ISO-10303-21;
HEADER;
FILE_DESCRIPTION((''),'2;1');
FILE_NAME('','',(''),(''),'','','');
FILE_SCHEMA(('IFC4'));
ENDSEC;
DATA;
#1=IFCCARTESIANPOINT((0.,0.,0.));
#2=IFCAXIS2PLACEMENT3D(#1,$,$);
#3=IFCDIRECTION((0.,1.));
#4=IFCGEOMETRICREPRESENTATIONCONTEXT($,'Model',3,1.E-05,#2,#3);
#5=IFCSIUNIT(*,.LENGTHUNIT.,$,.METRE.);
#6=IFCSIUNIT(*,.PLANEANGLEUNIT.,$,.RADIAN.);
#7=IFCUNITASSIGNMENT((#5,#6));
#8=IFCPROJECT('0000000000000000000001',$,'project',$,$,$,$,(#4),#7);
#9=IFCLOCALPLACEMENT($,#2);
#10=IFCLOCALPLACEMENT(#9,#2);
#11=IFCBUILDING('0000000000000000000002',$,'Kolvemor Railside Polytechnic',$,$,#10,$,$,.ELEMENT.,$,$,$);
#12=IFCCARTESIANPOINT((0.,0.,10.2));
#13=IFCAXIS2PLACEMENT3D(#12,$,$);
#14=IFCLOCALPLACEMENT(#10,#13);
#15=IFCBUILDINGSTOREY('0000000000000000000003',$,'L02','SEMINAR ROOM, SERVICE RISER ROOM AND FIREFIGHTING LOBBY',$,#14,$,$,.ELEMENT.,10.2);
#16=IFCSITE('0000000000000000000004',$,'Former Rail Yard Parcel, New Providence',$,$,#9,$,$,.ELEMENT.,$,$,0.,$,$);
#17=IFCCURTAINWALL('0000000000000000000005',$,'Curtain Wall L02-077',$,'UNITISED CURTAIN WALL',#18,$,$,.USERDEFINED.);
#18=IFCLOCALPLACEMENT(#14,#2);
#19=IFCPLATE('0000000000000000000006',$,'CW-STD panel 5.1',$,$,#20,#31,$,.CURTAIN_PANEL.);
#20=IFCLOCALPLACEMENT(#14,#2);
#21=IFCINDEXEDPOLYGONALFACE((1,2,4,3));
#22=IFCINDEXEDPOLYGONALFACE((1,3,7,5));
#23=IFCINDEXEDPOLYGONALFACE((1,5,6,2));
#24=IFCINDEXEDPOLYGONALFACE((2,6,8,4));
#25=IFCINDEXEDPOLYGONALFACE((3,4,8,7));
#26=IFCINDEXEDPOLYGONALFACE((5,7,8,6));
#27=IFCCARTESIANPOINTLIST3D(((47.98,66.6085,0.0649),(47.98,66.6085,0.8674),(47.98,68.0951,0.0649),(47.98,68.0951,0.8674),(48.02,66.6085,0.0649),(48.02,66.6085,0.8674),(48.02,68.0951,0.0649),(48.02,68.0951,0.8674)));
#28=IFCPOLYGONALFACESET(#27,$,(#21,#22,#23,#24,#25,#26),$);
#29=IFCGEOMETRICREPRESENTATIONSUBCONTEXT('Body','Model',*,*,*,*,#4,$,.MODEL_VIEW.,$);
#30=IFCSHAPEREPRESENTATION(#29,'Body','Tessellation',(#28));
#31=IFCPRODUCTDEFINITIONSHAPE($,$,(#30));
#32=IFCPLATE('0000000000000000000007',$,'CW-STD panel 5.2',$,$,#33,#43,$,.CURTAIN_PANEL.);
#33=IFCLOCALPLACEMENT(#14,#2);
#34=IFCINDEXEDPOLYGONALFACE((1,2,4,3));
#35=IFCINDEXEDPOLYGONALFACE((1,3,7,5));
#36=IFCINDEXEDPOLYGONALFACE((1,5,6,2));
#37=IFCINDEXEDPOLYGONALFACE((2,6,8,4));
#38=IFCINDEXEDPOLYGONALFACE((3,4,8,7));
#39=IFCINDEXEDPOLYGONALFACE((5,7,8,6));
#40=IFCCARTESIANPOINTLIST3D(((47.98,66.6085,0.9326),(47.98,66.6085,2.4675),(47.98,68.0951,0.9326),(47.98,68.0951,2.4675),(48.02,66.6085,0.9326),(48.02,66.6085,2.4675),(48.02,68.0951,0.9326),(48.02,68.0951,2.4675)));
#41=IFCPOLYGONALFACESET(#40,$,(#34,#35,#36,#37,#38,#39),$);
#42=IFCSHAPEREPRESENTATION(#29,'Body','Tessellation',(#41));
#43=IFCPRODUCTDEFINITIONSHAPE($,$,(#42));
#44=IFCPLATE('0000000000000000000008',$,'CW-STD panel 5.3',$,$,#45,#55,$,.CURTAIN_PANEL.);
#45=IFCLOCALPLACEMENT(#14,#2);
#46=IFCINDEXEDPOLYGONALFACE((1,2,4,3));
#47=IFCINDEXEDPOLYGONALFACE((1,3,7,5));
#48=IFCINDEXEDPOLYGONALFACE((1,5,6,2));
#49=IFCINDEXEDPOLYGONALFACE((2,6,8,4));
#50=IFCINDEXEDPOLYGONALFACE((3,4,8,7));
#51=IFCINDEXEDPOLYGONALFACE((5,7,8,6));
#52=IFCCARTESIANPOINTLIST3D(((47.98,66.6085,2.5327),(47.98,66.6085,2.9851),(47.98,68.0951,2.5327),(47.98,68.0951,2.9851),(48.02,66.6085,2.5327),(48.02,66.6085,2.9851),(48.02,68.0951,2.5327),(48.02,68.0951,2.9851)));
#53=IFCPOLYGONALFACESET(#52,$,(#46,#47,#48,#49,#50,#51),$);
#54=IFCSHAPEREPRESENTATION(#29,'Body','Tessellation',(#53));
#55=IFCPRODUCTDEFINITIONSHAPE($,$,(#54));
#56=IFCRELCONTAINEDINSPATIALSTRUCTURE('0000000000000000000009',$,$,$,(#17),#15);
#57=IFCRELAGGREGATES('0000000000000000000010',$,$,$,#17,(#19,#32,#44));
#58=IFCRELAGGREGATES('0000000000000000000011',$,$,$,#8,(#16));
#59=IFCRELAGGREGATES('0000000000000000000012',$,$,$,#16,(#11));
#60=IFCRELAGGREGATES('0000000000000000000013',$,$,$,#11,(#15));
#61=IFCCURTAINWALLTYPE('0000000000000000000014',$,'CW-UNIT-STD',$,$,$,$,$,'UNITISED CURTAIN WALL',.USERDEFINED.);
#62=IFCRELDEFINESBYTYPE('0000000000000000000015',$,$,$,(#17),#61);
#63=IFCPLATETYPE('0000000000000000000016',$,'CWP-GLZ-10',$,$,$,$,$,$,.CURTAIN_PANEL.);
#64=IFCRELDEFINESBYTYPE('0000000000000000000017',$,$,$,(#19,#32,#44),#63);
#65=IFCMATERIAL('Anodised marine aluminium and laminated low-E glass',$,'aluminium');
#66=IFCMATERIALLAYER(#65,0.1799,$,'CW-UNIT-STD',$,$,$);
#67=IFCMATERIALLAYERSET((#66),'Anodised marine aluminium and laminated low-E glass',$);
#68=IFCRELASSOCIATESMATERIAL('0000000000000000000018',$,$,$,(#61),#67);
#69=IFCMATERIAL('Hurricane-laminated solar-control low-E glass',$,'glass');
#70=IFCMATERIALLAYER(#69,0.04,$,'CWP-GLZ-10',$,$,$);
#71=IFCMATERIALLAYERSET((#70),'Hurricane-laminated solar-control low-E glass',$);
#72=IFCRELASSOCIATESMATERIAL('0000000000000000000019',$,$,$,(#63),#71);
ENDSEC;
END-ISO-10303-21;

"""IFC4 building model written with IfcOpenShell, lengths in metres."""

from ifc_helpers import new_model, si_unit, direction, frame, origin, origin_2d, place, context, subcontext, project, spatial, rectangle, extrude, material, layer, layer_set, type_object, element, aggregate, save


model = new_model("IFC4")

# Units and contexts
model_context = context("Model", 3, precision=1e-05, world=origin(), true_north=direction((0.0, 1.0)))
body_context = subcontext(model_context, "Body", "Model", "MODEL_VIEW")
ifc_project = project(units=[si_unit("LENGTHUNIT", "METRE"), si_unit("PLANEANGLEUNIT", "RADIAN")], contexts=[model_context])

# Site, building, storey
site_placement = place(None, origin())
site = spatial("IfcSite", under=ifc_project, at=site_placement, Name="Former Rail Yard Parcel, New Providence", CompositionType="ELEMENT", RefElevation=0.0)
building_placement = place(site_placement, origin())
building = spatial("IfcBuilding", under=site, at=building_placement, Name="Kolvemor Railside Polytechnic", CompositionType="ELEMENT")
storey_placement = place(building_placement, frame((0.0, 0.0, 10.2)))
storey = spatial("IfcBuildingStorey", under=building, at=storey_placement, Name="L02", Description="SEMINAR ROOM, SERVICE RISER ROOM AND FIREFIGHTING LOBBY", CompositionType="ELEMENT", Elevation=10.2)

# Curtain wall
ifc_material_1 = material(Name="Anodised marine aluminium and laminated low-E glass", Category="aluminium")
ifc_layer_1 = layer(ifc_material_1, 0.1799, Name="CW-UNIT-STD")
ifc_layer_set_1 = layer_set([ifc_layer_1], Name="Anodised marine aluminium and laminated low-E glass")
curtain_wall_type = type_object("IfcCurtainWallType", Name="CW-UNIT-STD", ElementType="UNITISED CURTAIN WALL", PredefinedType="USERDEFINED", material=ifc_layer_set_1)
curtain_wall_1_placement = place(storey_placement, origin())
curtain_wall_1 = element("IfcCurtainWall", 1, at=curtain_wall_1_placement, inside=storey, type_object=curtain_wall_type, Name="Curtain Wall L02-077", ObjectType="UNITISED CURTAIN WALL", PredefinedType="USERDEFINED")

# Plates
ifc_material_2 = material(Name="Hurricane-laminated solar-control low-E glass", Category="glass")
ifc_layer_2 = layer(ifc_material_2, 0.04, Name="CWP-GLZ-10")
ifc_layer_set_2 = layer_set([ifc_layer_2], Name="Hurricane-laminated solar-control low-E glass")
plate_type = type_object("IfcPlateType", Name="CWP-GLZ-10", PredefinedType="CURTAIN_PANEL", material=ifc_layer_set_2)
plate_1_placement = place(storey_placement, frame((48.0, 67.3518, 0.0649), z_axis=(0.0, 0.0, 1.0), x_axis=(0.0, 1.0, 0.0)))
plate_1 = element("IfcPlate", 2, at=plate_1_placement, type_object=plate_type, Name="CW-STD panel 5.1", PredefinedType="CURTAIN_PANEL", context=body_context, shape_type="SweptSolid", body=[
    extrude(rectangle(XDim=1.4866, YDim=0.04, at=origin_2d()), origin(), (0.0, 0.0, 1.0), 0.8025),
])
plate_2_placement = place(storey_placement, frame((48.0, 67.3518, 0.9326), z_axis=(0.0, 0.0, 1.0), x_axis=(0.0, 1.0, 0.0)))
plate_2 = element("IfcPlate", 3, at=plate_2_placement, type_object=plate_type, Name="CW-STD panel 5.2", PredefinedType="CURTAIN_PANEL", context=body_context, shape_type="SweptSolid", body=[
    extrude(rectangle(XDim=1.4866, YDim=0.04, at=origin_2d()), origin(), (0.0, 0.0, 1.0), 1.5349),
])
plate_3_placement = place(storey_placement, frame((48.0, 67.3518, 2.5327), z_axis=(0.0, 0.0, 1.0), x_axis=(0.0, 1.0, 0.0)))
plate_3 = element("IfcPlate", 4, at=plate_3_placement, type_object=plate_type, Name="CW-STD panel 5.3", PredefinedType="CURTAIN_PANEL", context=body_context, shape_type="SweptSolid", body=[
    extrude(rectangle(XDim=1.4866, YDim=0.04, at=origin_2d()), origin(), (0.0, 0.0, 1.0), 0.4524),
])
aggregate(curtain_wall_1, [plate_1, plate_2, plate_3])

save(model, "model.ifc")
